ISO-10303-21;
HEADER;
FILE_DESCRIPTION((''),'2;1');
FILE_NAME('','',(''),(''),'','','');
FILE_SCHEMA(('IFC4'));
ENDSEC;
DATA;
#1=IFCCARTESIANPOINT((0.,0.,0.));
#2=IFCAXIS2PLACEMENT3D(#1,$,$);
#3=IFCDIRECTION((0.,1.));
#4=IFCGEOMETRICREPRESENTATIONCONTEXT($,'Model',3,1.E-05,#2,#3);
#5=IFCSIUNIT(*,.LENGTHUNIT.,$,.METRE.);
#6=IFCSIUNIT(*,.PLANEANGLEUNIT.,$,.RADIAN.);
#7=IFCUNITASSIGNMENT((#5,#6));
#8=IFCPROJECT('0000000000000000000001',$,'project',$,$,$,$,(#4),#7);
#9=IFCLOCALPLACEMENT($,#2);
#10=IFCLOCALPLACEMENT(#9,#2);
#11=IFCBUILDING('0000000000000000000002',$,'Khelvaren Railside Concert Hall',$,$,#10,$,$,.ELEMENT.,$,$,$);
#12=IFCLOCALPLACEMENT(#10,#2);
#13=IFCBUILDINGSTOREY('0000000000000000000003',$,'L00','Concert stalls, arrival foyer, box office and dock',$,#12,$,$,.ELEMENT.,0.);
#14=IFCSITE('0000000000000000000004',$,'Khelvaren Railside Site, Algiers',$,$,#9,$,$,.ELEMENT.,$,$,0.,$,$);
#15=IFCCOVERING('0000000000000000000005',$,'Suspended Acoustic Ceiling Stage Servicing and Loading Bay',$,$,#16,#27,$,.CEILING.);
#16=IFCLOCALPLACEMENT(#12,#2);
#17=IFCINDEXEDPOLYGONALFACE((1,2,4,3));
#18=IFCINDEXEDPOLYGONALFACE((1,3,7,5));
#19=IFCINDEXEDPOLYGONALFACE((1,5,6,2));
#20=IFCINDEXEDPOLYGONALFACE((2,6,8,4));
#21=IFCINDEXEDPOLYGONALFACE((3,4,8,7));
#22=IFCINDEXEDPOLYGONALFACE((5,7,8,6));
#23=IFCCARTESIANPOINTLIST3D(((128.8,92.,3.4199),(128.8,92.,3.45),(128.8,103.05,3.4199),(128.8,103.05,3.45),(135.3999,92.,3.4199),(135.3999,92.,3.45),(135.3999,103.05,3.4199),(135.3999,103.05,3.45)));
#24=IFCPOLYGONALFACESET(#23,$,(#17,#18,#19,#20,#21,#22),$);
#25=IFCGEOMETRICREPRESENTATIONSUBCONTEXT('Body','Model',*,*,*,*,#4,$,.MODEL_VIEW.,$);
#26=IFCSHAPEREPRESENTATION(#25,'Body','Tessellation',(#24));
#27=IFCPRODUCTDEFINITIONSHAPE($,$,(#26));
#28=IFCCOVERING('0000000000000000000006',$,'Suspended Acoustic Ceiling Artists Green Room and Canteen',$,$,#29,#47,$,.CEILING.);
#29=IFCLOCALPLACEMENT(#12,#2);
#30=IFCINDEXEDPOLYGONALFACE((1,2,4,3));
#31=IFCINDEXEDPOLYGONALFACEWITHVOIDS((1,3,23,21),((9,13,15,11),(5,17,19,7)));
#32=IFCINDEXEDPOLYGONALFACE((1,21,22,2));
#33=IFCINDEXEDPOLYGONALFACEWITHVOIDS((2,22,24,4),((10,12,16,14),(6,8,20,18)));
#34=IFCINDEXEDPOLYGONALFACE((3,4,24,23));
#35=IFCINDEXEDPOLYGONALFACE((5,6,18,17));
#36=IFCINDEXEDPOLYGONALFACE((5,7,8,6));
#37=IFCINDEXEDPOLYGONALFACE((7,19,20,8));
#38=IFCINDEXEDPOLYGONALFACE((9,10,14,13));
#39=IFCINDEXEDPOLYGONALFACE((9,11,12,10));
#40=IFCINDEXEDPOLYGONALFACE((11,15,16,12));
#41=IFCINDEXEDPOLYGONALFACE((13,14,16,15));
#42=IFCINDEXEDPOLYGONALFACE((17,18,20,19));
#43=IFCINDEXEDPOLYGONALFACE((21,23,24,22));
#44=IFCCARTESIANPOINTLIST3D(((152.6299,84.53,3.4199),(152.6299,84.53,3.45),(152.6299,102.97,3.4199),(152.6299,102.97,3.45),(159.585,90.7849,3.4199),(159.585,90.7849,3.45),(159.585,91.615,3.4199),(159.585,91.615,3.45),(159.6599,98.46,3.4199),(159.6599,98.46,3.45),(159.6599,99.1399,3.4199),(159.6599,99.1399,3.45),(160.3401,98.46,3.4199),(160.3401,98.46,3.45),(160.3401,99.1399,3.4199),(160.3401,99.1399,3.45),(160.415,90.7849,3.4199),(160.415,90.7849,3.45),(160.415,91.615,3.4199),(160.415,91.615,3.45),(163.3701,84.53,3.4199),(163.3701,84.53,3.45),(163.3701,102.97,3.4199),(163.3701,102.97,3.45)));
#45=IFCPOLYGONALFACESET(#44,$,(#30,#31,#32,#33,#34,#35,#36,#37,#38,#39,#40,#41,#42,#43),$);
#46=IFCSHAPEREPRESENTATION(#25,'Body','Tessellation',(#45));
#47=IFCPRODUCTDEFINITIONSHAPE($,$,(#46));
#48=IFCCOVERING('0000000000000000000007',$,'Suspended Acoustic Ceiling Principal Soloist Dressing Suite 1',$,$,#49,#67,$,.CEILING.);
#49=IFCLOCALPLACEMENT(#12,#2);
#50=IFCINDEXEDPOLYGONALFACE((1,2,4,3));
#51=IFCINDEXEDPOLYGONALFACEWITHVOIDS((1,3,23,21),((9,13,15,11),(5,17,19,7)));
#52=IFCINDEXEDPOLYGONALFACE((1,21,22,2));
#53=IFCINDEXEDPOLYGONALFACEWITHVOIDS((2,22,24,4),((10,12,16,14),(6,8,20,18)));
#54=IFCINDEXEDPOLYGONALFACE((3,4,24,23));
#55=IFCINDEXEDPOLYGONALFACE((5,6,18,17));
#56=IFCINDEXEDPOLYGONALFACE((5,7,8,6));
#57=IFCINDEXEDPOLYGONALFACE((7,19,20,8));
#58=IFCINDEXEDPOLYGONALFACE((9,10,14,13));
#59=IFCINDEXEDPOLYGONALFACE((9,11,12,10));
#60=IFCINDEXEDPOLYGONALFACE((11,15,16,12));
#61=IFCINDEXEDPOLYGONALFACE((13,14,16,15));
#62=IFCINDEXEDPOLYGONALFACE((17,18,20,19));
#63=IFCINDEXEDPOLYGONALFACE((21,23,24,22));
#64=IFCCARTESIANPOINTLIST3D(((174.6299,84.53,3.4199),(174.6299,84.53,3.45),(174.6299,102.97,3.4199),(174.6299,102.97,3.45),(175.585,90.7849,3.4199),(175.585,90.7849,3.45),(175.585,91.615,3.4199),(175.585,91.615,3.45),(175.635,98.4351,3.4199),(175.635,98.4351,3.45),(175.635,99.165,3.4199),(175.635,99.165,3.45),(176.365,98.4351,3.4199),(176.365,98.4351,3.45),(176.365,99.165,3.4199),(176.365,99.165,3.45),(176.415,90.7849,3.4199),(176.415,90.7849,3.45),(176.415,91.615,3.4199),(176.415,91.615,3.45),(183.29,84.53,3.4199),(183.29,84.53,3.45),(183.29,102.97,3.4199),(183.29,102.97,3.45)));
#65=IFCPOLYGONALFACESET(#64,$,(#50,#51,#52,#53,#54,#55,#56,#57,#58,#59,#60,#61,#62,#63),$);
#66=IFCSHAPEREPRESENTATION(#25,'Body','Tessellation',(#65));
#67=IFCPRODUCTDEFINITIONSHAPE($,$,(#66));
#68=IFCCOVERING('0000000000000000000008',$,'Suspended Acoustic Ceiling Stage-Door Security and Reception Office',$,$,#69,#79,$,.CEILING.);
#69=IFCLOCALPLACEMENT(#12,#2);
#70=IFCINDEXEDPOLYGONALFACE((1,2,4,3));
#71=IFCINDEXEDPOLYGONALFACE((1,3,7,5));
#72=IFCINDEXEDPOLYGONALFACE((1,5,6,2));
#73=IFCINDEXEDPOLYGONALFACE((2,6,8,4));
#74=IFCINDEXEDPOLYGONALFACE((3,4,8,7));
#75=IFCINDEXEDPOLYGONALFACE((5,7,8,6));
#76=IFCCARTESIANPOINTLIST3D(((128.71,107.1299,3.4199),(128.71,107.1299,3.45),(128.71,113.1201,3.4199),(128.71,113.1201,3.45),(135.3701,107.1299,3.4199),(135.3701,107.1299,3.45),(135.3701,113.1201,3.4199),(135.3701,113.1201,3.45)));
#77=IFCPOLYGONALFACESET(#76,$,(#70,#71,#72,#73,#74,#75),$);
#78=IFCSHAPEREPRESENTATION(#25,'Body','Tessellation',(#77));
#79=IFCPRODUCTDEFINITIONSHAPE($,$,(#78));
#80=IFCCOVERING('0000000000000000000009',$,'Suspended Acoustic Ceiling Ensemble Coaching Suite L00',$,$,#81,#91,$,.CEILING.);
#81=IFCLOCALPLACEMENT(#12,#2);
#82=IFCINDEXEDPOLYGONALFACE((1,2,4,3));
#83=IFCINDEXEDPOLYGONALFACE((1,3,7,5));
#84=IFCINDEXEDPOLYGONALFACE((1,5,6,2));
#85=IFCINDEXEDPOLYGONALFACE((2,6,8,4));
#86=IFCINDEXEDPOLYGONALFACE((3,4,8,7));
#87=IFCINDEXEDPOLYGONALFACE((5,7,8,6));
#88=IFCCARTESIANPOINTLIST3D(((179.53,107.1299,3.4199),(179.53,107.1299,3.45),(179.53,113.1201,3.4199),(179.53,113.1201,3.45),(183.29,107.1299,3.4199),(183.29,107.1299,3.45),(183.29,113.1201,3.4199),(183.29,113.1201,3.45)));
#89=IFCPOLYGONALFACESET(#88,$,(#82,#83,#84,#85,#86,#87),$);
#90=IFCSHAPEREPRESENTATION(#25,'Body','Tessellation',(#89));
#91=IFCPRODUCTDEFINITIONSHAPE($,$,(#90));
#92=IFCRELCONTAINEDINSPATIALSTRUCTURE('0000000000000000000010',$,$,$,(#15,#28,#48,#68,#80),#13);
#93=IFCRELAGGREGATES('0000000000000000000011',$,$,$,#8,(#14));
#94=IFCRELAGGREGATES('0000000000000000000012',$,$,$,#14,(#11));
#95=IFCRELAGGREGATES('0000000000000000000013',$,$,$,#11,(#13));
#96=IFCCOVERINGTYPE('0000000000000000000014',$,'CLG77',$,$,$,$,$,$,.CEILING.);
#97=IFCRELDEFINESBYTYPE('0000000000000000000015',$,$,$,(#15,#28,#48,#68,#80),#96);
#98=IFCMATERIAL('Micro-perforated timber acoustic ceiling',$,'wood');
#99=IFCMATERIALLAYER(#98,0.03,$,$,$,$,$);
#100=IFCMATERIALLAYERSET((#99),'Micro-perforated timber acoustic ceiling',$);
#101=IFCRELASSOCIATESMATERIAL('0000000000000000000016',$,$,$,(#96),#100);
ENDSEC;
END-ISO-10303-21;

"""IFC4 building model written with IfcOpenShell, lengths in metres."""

from ifc_helpers import new_model, si_unit, direction, frame, origin, place, context, subcontext, project, spatial, polyline, outline, extrude, material, layer, layer_set, type_object, element, save


model = new_model("IFC4")

# Units and contexts
model_context = context("Model", 3, precision=1e-05, world=origin(), true_north=direction((0.0, 1.0)))
body_context = subcontext(model_context, "Body", "Model", "MODEL_VIEW")
ifc_project = project(units=[si_unit("LENGTHUNIT", "METRE"), si_unit("PLANEANGLEUNIT", "RADIAN")], contexts=[model_context])

# Site, building, storey
site_placement = place(None, origin())
site = spatial("IfcSite", under=ifc_project, at=site_placement, Name="Khelvaren Railside Site, Algiers", CompositionType="ELEMENT", RefElevation=0.0)
building_placement = place(site_placement, origin())
building = spatial("IfcBuilding", under=site, at=building_placement, Name="Khelvaren Railside Concert Hall", CompositionType="ELEMENT")
storey_placement = place(building_placement, origin())
storey = spatial("IfcBuildingStorey", under=building, at=storey_placement, Name="L00", Description="Concert stalls, arrival foyer, box office and dock", CompositionType="ELEMENT", Elevation=0.0)

# Coverings
ifc_material_1 = material(Name="Micro-perforated timber acoustic ceiling", Category="wood")
ifc_layer_1 = layer(ifc_material_1, 0.03)
ifc_layer_set_1 = layer_set([ifc_layer_1], Name="Micro-perforated timber acoustic ceiling")
covering_type_1 = type_object("IfcCoveringType", Name="CLG77", PredefinedType="CEILING", material=ifc_layer_set_1)
covering_1_placement = place(storey_placement, frame((0.0, 0.0, 3.4199)))
element("IfcCovering", 1, at=covering_1_placement, inside=storey, type_object=covering_type_1, Name="Suspended Acoustic Ceiling Stage Servicing and Loading Bay", PredefinedType="CEILING", context=body_context, shape_type="SweptSolid", body=[
    extrude(outline(polyline([(128.8, 92.0), (135.3999, 92.0), (135.3999, 103.05), (128.8, 103.05), (128.8, 92.0)])), origin(), (0.0, 0.0, 1.0), 0.03),
])
covering_2_placement = place(storey_placement, frame((0.0, 0.0, 3.4199)))
element("IfcCovering", 2, at=covering_2_placement, inside=storey, type_object=covering_type_1, Name="Suspended Acoustic Ceiling Artists Green Room and Canteen", PredefinedType="CEILING", context=body_context, shape_type="SweptSolid", body=[
    extrude(outline(polyline([(152.6299, 84.53), (163.3701, 84.53), (163.3701, 102.97), (152.6299, 102.97), (152.6299, 84.53)]), holes=[polyline([(159.585, 90.7849), (160.415, 90.7849), (160.415, 91.615), (159.585, 91.615), (159.585, 90.7849)]), polyline([(159.6599, 98.46), (160.3401, 98.46), (160.3401, 99.1399), (159.6599, 99.1399), (159.6599, 98.46)])]), origin(), (0.0, 0.0, 1.0), 0.03),
])
covering_3_placement = place(storey_placement, frame((0.0, 0.0, 3.4199)))
element("IfcCovering", 3, at=covering_3_placement, inside=storey, type_object=covering_type_1, Name="Suspended Acoustic Ceiling Principal Soloist Dressing Suite 1", PredefinedType="CEILING", context=body_context, shape_type="SweptSolid", body=[
    extrude(outline(polyline([(174.6299, 84.53), (183.29, 84.53), (183.29, 102.97), (174.6299, 102.97), (174.6299, 84.53)]), holes=[polyline([(175.585, 90.7849), (176.415, 90.7849), (176.415, 91.615), (175.585, 91.615), (175.585, 90.7849)]), polyline([(175.635, 98.4351), (176.365, 98.4351), (176.365, 99.165), (175.635, 99.165), (175.635, 98.4351)])]), origin(), (0.0, 0.0, 1.0), 0.03),
])
covering_4_placement = place(storey_placement, frame((0.0, 0.0, 3.4199)))
element("IfcCovering", 4, at=covering_4_placement, inside=storey, type_object=covering_type_1, Name="Suspended Acoustic Ceiling Stage-Door Security and Reception Office", PredefinedType="CEILING", context=body_context, shape_type="SweptSolid", body=[
    extrude(outline(polyline([(128.71, 107.1299), (135.3701, 107.1299), (135.3701, 113.1201), (128.71, 113.1201), (128.71, 107.1299)])), origin(), (0.0, 0.0, 1.0), 0.03),
])
covering_5_placement = place(storey_placement, frame((0.0, 0.0, 3.4199)))
element("IfcCovering", 5, at=covering_5_placement, inside=storey, type_object=covering_type_1, Name="Suspended Acoustic Ceiling Ensemble Coaching Suite L00", PredefinedType="CEILING", context=body_context, shape_type="SweptSolid", body=[
    extrude(outline(polyline([(179.53, 107.1299), (183.29, 107.1299), (183.29, 113.1201), (179.53, 113.1201), (179.53, 107.1299)])), origin(), (0.0, 0.0, 1.0), 0.03),
])

save(model, "model.ifc")
